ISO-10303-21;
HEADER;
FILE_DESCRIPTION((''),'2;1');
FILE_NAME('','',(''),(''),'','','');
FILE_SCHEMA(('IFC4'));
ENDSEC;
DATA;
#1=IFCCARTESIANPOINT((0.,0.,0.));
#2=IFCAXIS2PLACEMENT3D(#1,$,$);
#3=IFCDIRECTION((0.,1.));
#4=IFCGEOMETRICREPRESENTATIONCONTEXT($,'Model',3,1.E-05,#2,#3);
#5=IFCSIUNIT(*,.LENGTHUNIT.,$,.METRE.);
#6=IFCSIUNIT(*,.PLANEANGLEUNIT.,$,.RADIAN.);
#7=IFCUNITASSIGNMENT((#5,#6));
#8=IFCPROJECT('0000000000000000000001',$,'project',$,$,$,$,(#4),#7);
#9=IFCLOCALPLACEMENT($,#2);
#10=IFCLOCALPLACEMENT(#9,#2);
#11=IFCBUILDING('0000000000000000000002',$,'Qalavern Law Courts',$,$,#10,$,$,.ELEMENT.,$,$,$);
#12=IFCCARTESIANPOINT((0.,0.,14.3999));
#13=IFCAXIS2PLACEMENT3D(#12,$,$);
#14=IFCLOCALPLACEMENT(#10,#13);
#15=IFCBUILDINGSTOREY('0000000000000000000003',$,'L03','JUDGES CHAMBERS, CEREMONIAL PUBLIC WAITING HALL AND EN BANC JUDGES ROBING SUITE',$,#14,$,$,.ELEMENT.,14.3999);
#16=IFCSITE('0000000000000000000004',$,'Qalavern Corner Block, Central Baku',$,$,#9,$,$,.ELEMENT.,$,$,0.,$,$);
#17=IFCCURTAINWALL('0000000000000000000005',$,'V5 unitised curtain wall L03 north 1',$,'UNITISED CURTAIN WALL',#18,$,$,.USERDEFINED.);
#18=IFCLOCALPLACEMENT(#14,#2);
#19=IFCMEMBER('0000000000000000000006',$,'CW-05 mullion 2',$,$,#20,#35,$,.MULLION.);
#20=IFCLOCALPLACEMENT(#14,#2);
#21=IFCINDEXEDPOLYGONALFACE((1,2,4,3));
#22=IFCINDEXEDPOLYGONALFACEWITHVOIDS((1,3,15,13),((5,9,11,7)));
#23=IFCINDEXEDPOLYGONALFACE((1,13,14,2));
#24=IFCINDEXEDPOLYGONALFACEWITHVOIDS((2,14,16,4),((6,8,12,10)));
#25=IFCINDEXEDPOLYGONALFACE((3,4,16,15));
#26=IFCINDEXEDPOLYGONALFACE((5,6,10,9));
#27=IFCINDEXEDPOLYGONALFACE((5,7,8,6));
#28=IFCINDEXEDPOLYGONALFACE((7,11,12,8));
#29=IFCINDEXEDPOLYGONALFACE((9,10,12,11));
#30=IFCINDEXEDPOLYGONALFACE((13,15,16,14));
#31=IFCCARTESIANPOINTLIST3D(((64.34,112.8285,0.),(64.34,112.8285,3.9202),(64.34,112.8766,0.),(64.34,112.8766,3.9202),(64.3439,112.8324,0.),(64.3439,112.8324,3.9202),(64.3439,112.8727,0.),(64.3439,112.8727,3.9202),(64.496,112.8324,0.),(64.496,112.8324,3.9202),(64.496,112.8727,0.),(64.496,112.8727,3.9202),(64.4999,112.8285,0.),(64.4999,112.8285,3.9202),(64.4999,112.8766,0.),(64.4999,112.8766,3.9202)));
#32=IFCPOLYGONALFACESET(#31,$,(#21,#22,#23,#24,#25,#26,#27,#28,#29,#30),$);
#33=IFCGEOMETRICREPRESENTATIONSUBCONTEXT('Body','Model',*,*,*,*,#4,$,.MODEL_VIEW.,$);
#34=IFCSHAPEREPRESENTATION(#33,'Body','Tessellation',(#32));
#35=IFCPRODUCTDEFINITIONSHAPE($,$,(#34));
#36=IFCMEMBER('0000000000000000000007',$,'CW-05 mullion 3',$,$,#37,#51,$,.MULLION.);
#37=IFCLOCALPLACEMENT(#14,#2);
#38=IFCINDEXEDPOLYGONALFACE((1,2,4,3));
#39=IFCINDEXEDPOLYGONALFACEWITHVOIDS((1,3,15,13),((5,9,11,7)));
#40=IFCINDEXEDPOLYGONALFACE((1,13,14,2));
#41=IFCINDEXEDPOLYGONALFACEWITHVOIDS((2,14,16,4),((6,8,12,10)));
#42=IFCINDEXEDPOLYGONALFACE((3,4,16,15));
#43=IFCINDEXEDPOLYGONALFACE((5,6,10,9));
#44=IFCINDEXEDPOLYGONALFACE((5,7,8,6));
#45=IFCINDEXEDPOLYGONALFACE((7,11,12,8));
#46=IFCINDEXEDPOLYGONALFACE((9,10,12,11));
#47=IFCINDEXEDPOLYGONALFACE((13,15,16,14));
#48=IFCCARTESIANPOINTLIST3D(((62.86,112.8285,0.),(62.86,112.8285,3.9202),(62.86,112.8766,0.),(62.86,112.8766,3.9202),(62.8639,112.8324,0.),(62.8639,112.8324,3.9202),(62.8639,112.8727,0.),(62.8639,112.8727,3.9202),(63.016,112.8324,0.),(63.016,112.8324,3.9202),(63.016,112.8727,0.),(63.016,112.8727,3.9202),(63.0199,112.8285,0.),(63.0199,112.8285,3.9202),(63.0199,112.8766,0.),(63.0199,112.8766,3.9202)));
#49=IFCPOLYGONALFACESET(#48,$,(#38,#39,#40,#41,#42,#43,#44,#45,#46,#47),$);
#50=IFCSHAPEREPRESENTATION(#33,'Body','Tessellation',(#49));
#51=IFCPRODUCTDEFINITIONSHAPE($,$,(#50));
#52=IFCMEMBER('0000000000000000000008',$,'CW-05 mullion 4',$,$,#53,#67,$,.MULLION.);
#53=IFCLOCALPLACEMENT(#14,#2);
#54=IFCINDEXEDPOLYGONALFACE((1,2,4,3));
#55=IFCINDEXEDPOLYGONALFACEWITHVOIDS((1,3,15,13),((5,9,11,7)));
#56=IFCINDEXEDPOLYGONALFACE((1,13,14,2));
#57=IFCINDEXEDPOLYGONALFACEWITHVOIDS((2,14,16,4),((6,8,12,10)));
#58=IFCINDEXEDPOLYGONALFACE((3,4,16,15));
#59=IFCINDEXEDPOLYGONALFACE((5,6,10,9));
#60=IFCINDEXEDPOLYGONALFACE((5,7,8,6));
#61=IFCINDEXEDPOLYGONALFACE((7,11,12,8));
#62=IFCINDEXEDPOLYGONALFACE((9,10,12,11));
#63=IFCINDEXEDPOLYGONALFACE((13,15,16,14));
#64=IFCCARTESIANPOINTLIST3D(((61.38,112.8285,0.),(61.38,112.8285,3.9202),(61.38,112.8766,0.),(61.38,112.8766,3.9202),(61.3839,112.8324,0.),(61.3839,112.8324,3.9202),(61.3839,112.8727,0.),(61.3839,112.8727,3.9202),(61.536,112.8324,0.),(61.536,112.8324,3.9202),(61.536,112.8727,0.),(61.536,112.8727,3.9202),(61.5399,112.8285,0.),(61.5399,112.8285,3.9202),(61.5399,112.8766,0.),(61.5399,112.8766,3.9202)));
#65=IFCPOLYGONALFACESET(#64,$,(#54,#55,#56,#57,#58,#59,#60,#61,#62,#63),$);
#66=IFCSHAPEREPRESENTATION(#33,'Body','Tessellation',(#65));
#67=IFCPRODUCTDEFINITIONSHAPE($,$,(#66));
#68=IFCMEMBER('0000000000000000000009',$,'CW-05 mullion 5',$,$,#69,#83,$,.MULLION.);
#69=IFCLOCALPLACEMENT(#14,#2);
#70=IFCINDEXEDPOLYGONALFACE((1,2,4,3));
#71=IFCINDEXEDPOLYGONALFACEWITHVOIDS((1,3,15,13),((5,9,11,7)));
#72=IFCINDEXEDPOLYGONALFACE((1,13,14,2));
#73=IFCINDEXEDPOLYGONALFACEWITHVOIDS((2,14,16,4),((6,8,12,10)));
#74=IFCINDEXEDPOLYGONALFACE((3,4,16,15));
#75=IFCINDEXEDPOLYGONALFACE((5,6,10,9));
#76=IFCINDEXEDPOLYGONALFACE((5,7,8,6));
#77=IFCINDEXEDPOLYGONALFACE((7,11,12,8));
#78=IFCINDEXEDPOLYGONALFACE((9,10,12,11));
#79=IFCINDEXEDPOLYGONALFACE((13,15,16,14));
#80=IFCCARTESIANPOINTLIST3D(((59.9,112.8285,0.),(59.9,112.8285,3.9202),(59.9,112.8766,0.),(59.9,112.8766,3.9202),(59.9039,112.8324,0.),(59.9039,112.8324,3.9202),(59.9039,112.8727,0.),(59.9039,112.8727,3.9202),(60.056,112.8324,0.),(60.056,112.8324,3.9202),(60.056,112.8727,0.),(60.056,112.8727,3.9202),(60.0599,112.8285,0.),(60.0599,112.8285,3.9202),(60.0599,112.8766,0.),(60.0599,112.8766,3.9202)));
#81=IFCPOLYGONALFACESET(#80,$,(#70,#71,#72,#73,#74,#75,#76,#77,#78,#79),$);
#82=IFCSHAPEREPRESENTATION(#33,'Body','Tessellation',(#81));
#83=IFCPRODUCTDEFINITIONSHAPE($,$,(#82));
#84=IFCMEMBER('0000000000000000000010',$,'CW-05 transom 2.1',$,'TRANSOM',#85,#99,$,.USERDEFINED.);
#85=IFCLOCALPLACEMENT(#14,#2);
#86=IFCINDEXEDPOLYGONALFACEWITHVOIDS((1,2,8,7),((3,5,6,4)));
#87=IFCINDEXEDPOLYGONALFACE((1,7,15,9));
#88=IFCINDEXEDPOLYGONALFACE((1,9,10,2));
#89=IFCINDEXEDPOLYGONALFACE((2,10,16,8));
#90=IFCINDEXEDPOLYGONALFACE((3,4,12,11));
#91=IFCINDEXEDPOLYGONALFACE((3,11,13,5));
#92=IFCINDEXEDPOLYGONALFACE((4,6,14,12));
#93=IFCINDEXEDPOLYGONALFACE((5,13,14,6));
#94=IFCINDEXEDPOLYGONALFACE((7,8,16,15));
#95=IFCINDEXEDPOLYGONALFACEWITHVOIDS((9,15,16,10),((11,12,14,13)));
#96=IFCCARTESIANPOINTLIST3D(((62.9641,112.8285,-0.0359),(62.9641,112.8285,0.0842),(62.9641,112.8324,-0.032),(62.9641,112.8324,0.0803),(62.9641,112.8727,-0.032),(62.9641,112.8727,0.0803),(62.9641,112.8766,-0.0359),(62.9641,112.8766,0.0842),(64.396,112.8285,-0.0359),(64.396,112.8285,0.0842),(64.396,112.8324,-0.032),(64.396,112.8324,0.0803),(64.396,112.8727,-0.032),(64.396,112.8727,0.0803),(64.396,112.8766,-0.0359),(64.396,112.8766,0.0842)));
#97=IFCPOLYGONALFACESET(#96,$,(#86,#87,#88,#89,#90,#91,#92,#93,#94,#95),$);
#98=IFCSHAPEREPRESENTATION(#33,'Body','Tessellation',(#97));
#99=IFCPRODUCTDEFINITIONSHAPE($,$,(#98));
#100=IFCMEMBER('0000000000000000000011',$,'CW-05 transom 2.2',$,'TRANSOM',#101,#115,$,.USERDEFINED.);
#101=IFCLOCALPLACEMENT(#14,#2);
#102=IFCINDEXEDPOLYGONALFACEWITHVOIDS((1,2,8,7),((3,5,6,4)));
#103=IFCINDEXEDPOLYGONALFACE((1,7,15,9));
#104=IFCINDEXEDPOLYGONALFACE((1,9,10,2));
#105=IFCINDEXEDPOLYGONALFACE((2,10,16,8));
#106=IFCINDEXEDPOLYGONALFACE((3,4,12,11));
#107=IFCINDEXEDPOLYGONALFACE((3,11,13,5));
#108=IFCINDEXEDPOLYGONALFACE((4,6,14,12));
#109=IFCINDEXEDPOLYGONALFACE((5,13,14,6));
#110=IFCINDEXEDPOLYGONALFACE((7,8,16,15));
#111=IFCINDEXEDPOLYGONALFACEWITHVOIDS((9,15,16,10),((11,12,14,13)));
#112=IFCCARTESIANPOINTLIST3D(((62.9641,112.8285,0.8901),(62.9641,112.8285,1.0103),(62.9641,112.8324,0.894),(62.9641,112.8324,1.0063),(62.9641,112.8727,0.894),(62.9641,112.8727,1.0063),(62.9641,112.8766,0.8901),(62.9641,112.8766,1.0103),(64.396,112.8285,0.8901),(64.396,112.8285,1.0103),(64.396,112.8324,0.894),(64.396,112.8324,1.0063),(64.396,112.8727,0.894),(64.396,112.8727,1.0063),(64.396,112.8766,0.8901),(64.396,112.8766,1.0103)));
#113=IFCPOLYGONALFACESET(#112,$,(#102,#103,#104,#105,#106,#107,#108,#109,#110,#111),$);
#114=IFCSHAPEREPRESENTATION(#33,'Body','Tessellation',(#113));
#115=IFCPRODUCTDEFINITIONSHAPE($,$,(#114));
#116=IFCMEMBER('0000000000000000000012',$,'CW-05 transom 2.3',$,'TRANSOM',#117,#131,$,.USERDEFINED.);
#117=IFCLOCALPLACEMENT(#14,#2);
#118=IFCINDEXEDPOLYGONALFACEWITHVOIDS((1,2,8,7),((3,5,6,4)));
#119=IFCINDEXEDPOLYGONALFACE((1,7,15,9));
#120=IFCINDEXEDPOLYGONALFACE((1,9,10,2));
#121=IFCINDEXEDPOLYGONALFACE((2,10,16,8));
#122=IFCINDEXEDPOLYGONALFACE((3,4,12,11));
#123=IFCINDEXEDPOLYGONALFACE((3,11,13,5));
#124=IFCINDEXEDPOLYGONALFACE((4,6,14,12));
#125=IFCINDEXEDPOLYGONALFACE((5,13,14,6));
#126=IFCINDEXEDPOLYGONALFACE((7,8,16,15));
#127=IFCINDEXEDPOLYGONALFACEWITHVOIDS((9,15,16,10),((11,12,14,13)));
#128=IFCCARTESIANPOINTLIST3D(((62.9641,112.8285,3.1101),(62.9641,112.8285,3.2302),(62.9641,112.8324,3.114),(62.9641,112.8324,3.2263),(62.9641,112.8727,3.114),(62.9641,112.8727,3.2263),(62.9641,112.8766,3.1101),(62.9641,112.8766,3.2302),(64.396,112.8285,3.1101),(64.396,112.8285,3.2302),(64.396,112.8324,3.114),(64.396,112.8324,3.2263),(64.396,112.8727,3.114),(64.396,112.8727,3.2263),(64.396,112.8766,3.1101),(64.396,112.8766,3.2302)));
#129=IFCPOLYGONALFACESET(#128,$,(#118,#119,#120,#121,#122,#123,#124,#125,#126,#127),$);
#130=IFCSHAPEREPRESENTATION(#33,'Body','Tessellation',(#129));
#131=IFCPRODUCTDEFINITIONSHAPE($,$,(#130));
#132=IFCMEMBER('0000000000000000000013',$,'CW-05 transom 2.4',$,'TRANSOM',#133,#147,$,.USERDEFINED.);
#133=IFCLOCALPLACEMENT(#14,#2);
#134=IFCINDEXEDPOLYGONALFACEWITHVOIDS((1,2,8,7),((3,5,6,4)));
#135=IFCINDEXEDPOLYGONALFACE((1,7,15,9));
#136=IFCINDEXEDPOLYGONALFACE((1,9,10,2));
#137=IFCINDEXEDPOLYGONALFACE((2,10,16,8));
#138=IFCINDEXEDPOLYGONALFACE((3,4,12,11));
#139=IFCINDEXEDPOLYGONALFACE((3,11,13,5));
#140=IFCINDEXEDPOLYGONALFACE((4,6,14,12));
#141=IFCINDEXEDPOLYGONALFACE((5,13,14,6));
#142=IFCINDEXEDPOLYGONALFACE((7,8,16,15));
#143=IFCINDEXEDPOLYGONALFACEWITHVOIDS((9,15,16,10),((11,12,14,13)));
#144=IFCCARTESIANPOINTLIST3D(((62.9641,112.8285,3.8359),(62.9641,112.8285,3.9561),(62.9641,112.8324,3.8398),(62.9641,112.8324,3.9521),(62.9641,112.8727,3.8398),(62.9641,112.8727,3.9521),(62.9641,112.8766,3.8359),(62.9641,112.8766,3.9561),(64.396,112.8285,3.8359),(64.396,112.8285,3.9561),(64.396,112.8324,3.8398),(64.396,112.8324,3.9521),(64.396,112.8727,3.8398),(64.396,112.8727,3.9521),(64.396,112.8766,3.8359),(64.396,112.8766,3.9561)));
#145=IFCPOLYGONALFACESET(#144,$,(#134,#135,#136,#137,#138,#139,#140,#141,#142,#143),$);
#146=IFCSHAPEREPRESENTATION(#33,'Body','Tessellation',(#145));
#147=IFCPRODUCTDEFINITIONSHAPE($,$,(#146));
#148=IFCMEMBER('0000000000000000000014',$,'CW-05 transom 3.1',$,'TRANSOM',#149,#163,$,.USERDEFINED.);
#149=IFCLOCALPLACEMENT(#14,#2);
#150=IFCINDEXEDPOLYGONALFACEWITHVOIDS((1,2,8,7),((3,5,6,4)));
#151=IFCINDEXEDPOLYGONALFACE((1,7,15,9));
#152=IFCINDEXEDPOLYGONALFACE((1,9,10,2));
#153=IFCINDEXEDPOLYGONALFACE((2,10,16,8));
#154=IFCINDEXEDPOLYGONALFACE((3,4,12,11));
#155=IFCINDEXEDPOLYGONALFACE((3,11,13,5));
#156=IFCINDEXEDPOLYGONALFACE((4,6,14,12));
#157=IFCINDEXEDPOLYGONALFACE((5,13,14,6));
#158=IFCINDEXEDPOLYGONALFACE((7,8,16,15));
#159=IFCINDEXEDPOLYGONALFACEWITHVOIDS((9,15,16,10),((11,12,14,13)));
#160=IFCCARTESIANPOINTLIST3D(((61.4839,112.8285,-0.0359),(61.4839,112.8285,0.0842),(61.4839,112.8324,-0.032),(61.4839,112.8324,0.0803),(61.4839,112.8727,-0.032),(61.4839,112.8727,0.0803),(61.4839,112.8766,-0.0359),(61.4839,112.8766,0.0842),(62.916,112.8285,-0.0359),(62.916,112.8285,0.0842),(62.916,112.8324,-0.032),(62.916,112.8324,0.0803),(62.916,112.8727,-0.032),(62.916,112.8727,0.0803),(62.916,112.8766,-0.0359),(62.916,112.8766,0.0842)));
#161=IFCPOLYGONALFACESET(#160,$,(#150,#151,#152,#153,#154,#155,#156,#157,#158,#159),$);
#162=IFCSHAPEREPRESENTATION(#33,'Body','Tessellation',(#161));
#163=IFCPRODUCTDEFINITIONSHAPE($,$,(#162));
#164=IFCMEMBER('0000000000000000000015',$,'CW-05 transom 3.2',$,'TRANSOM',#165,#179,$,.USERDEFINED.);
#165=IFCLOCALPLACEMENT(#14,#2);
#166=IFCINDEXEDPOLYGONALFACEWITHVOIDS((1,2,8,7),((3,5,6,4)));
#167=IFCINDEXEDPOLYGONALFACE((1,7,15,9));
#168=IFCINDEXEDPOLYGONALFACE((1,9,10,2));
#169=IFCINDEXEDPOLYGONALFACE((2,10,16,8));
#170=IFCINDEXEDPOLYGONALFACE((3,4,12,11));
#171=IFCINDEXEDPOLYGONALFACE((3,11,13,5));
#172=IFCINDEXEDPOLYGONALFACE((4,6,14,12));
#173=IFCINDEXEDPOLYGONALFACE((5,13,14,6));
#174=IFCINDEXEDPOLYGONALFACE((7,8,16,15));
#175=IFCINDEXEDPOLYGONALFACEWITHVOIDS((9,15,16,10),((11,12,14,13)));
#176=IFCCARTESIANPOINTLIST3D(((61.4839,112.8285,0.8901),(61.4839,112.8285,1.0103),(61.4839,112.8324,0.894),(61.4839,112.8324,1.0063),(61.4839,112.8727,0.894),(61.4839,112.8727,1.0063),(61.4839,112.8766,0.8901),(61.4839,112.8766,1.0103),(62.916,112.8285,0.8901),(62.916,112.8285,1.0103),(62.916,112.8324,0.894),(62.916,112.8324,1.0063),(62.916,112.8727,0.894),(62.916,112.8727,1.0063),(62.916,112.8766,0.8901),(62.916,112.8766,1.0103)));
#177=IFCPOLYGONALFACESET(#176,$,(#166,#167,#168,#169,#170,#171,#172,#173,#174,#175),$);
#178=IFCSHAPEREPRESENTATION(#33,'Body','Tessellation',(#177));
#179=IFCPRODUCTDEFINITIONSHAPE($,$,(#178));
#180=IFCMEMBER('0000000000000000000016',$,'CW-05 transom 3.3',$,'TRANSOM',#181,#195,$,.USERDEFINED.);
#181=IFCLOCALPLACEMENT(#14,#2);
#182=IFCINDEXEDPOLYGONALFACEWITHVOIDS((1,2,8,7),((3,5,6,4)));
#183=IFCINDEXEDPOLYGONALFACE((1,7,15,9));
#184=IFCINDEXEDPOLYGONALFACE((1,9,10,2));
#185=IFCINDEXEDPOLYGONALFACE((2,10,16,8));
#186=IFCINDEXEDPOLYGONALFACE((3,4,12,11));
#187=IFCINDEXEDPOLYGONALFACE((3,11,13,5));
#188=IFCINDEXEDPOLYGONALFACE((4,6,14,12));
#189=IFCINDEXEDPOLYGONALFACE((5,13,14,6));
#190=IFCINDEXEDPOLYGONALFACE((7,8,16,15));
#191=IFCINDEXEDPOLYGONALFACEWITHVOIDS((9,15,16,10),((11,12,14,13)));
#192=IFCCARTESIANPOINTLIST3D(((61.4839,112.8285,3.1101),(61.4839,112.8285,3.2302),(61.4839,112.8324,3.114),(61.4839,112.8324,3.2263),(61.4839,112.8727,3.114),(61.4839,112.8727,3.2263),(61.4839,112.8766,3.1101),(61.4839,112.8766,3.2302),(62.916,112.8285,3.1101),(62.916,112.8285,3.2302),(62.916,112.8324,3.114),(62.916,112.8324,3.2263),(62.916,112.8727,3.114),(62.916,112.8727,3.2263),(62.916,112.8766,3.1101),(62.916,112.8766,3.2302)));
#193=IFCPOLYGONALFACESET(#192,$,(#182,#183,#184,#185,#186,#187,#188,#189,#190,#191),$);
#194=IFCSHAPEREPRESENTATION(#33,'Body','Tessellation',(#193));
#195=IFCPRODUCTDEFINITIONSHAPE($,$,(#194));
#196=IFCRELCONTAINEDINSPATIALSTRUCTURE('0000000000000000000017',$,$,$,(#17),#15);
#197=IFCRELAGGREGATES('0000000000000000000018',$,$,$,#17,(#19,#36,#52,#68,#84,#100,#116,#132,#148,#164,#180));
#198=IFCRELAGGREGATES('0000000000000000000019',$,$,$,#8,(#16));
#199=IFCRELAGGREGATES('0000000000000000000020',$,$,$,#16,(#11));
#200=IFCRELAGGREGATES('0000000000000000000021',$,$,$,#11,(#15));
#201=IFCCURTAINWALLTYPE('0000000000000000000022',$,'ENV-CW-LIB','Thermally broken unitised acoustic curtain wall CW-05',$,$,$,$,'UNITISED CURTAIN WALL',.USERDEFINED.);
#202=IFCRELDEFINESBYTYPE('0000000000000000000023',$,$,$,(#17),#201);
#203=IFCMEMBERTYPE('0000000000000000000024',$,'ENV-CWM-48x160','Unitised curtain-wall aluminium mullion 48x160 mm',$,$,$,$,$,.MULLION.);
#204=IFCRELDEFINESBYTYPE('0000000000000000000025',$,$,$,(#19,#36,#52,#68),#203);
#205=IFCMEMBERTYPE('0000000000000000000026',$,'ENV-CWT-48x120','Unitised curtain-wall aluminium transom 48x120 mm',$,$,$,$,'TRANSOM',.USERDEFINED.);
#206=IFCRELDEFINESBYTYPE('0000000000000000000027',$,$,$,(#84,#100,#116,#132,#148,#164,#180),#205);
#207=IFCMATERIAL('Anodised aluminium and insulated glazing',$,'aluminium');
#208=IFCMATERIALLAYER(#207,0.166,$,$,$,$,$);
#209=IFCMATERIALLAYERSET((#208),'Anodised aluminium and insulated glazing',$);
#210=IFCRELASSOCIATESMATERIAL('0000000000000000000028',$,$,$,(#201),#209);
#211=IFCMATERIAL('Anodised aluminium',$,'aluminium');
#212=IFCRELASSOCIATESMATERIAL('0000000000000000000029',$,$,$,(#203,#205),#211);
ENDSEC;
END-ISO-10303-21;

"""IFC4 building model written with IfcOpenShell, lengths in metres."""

from ifc_helpers import new_model, si_unit, direction, frame, origin, origin_2d, place, context, subcontext, project, spatial, hollow_rectangle, extrude, material, layer, layer_set, material_profile, profile_set, type_object, element, aggregate, save


model = new_model("IFC4")

# Units and contexts
model_context = context("Model", 3, precision=1e-05, world=origin(), true_north=direction((0.0, 1.0)))
body_context = subcontext(model_context, "Body", "Model", "MODEL_VIEW")
ifc_project = project(units=[si_unit("LENGTHUNIT", "METRE"), si_unit("PLANEANGLEUNIT", "RADIAN")], contexts=[model_context])

# Site, building, storey
site_placement = place(None, origin())
site = spatial("IfcSite", under=ifc_project, at=site_placement, Name="Qalavern Corner Block, Central Baku", CompositionType="ELEMENT", RefElevation=0.0)
building_placement = place(site_placement, origin())
building = spatial("IfcBuilding", under=site, at=building_placement, Name="Qalavern Law Courts", CompositionType="ELEMENT")
storey_placement = place(building_placement, frame((0.0, 0.0, 14.3999)))
storey = spatial("IfcBuildingStorey", under=building, at=storey_placement, Name="L03", Description="JUDGES CHAMBERS, CEREMONIAL PUBLIC WAITING HALL AND EN BANC JUDGES ROBING SUITE", CompositionType="ELEMENT", Elevation=14.3999)

# Curtain wall, members
ifc_material_1 = material(Name="Anodised aluminium and insulated glazing", Category="aluminium")
ifc_layer_1 = layer(ifc_material_1, 0.166)
ifc_layer_set_1 = layer_set([ifc_layer_1], Name="Anodised aluminium and insulated glazing")
curtain_wall_type = type_object("IfcCurtainWallType", Name="ENV-CW-LIB", Description="Thermally broken unitised acoustic curtain wall CW-05", ElementType="UNITISED CURTAIN WALL", PredefinedType="USERDEFINED", material=ifc_layer_set_1)
curtain_wall_placement = place(storey_placement, origin())
curtain_wall = element("IfcCurtainWall", 1, at=curtain_wall_placement, inside=storey, type_object=curtain_wall_type, Name="V5 unitised curtain wall L03 north 1", ObjectType="UNITISED CURTAIN WALL", PredefinedType="USERDEFINED")
ifc_material_2 = material(Name="Anodised aluminium", Category="aluminium")
ifc_material_profile_1 = material_profile(ifc_material_2, hollow_rectangle(XDim=0.0481, YDim=0.1599, WallThickness=0.0039, at=origin_2d()), Name="ALU MULLION 48x160")
ifc_profile_set_1 = profile_set([ifc_material_profile_1], Name="Anodised aluminium")
member_type_1 = type_object("IfcMemberType", Name="ENV-CWM-48x160", Description="Unitised curtain-wall aluminium mullion 48x160 mm", PredefinedType="MULLION", material=ifc_profile_set_1)
member_1_placement = place(storey_placement, frame((64.4199, 112.8525, 0.0), z_axis=(0.0, 0.0, 1.0), x_axis=(0.0, -1.0, 0.0)))
member_1 = element("IfcMember", 2, at=member_1_placement, type_object=member_type_1, Name="CW-05 mullion 2", PredefinedType="MULLION", context=body_context, shape_type="SweptSolid", body=[
    extrude(hollow_rectangle(XDim=0.0481, YDim=0.1599, WallThickness=0.0039, at=origin_2d()), origin(), (0.0, 0.0, 1.0), 3.9202),
])
member_2_placement = place(storey_placement, frame((62.9399, 112.8525, 0.0), z_axis=(0.0, 0.0, 1.0), x_axis=(0.0, -1.0, 0.0)))
member_2 = element("IfcMember", 3, at=member_2_placement, type_object=member_type_1, Name="CW-05 mullion 3", PredefinedType="MULLION", context=body_context, shape_type="SweptSolid", body=[
    extrude(hollow_rectangle(XDim=0.0481, YDim=0.1599, WallThickness=0.0039, at=origin_2d()), origin(), (0.0, 0.0, 1.0), 3.9202),
])
member_3_placement = place(storey_placement, frame((61.46, 112.8525, 0.0), z_axis=(0.0, 0.0, 1.0), x_axis=(0.0, -1.0, 0.0)))
member_3 = element("IfcMember", 4, at=member_3_placement, type_object=member_type_1, Name="CW-05 mullion 4", PredefinedType="MULLION", context=body_context, shape_type="SweptSolid", body=[
    extrude(hollow_rectangle(XDim=0.0481, YDim=0.1599, WallThickness=0.0039, at=origin_2d()), origin(), (0.0, 0.0, 1.0), 3.9202),
])
member_4_placement = place(storey_placement, frame((59.98, 112.8525, 0.0), z_axis=(0.0, 0.0, 1.0), x_axis=(0.0, -1.0, 0.0)))
member_4 = element("IfcMember", 5, at=member_4_placement, type_object=member_type_1, Name="CW-05 mullion 5", PredefinedType="MULLION", context=body_context, shape_type="SweptSolid", body=[
    extrude(hollow_rectangle(XDim=0.0481, YDim=0.1599, WallThickness=0.0039, at=origin_2d()), origin(), (0.0, 0.0, 1.0), 3.9202),
])
ifc_material_profile_2 = material_profile(ifc_material_2, hollow_rectangle(XDim=0.0481, YDim=0.1201, WallThickness=0.0039, at=origin_2d()), Name="ALU TRANSOM 48x120")
ifc_profile_set_2 = profile_set([ifc_material_profile_2], Name="Anodised aluminium")
member_type_2 = type_object("IfcMemberType", Name="ENV-CWT-48x120", Description="Unitised curtain-wall aluminium transom 48x120 mm", ElementType="TRANSOM", PredefinedType="USERDEFINED", material=ifc_profile_set_2)
member_5_placement = place(storey_placement, frame((64.396, 112.8525, 0.0242), z_axis=(-1.0, 0.0, 0.0), x_axis=(0.0, -1.0, 0.0)))
member_5 = element("IfcMember", 6, at=member_5_placement, type_object=member_type_2, Name="CW-05 transom 2.1", ObjectType="TRANSOM", PredefinedType="USERDEFINED", context=body_context, shape_type="SweptSolid", body=[
    extrude(hollow_rectangle(XDim=0.0481, YDim=0.1201, WallThickness=0.0039, at=origin_2d()), origin(), (0.0, 0.0, 1.0), 1.4319),
])
member_6_placement = place(storey_placement, frame((64.396, 112.8525, 0.9502), z_axis=(-1.0, 0.0, 0.0), x_axis=(0.0, -1.0, 0.0)))
member_6 = element("IfcMember", 7, at=member_6_placement, type_object=member_type_2, Name="CW-05 transom 2.2", ObjectType="TRANSOM", PredefinedType="USERDEFINED", context=body_context, shape_type="SweptSolid", body=[
    extrude(hollow_rectangle(XDim=0.0481, YDim=0.1201, WallThickness=0.0039, at=origin_2d()), origin(), (0.0, 0.0, 1.0), 1.4319),
])
member_7_placement = place(storey_placement, frame((64.396, 112.8525, 3.1702), z_axis=(-1.0, 0.0, 0.0), x_axis=(0.0, -1.0, 0.0)))
member_7 = element("IfcMember", 8, at=member_7_placement, type_object=member_type_2, Name="CW-05 transom 2.3", ObjectType="TRANSOM", PredefinedType="USERDEFINED", context=body_context, shape_type="SweptSolid", body=[
    extrude(hollow_rectangle(XDim=0.0481, YDim=0.1201, WallThickness=0.0039, at=origin_2d()), origin(), (0.0, 0.0, 1.0), 1.4319),
])
member_8_placement = place(storey_placement, frame((64.396, 112.8525, 3.896), z_axis=(-1.0, 0.0, 0.0), x_axis=(0.0, -1.0, 0.0)))
member_8 = element("IfcMember", 9, at=member_8_placement, type_object=member_type_2, Name="CW-05 transom 2.4", ObjectType="TRANSOM", PredefinedType="USERDEFINED", context=body_context, shape_type="SweptSolid", body=[
    extrude(hollow_rectangle(XDim=0.0481, YDim=0.1201, WallThickness=0.0039, at=origin_2d()), origin(), (0.0, 0.0, 1.0), 1.4319),
])
member_9_placement = place(storey_placement, frame((62.916, 112.8525, 0.0242), z_axis=(-1.0, 0.0, 0.0), x_axis=(0.0, -1.0, 0.0)))
member_9 = element("IfcMember", 10, at=member_9_placement, type_object=member_type_2, Name="CW-05 transom 3.1", ObjectType="TRANSOM", PredefinedType="USERDEFINED", context=body_context, shape_type="SweptSolid", body=[
    extrude(hollow_rectangle(XDim=0.0481, YDim=0.1201, WallThickness=0.0039, at=origin_2d()), origin(), (0.0, 0.0, 1.0), 1.4321),
])
member_10_placement = place(storey_placement, frame((62.916, 112.8525, 0.9502), z_axis=(-1.0, 0.0, 0.0), x_axis=(0.0, -1.0, 0.0)))
member_10 = element("IfcMember", 11, at=member_10_placement, type_object=member_type_2, Name="CW-05 transom 3.2", ObjectType="TRANSOM", PredefinedType="USERDEFINED", context=body_context, shape_type="SweptSolid", body=[
    extrude(hollow_rectangle(XDim=0.0481, YDim=0.1201, WallThickness=0.0039, at=origin_2d()), origin(), (0.0, 0.0, 1.0), 1.4321),
])
member_11_placement = place(storey_placement, frame((62.916, 112.8525, 3.1702), z_axis=(-1.0, 0.0, 0.0), x_axis=(0.0, -1.0, 0.0)))
member_11 = element("IfcMember", 12, at=member_11_placement, type_object=member_type_2, Name="CW-05 transom 3.3", ObjectType="TRANSOM", PredefinedType="USERDEFINED", context=body_context, shape_type="SweptSolid", body=[
    extrude(hollow_rectangle(XDim=0.0481, YDim=0.1201, WallThickness=0.0039, at=origin_2d()), origin(), (0.0, 0.0, 1.0), 1.4321),
])
aggregate(curtain_wall, [member_1, member_2, member_3, member_4, member_5, member_6, member_7, member_8, member_9, member_10, member_11])

save(model, "model.ifc")
